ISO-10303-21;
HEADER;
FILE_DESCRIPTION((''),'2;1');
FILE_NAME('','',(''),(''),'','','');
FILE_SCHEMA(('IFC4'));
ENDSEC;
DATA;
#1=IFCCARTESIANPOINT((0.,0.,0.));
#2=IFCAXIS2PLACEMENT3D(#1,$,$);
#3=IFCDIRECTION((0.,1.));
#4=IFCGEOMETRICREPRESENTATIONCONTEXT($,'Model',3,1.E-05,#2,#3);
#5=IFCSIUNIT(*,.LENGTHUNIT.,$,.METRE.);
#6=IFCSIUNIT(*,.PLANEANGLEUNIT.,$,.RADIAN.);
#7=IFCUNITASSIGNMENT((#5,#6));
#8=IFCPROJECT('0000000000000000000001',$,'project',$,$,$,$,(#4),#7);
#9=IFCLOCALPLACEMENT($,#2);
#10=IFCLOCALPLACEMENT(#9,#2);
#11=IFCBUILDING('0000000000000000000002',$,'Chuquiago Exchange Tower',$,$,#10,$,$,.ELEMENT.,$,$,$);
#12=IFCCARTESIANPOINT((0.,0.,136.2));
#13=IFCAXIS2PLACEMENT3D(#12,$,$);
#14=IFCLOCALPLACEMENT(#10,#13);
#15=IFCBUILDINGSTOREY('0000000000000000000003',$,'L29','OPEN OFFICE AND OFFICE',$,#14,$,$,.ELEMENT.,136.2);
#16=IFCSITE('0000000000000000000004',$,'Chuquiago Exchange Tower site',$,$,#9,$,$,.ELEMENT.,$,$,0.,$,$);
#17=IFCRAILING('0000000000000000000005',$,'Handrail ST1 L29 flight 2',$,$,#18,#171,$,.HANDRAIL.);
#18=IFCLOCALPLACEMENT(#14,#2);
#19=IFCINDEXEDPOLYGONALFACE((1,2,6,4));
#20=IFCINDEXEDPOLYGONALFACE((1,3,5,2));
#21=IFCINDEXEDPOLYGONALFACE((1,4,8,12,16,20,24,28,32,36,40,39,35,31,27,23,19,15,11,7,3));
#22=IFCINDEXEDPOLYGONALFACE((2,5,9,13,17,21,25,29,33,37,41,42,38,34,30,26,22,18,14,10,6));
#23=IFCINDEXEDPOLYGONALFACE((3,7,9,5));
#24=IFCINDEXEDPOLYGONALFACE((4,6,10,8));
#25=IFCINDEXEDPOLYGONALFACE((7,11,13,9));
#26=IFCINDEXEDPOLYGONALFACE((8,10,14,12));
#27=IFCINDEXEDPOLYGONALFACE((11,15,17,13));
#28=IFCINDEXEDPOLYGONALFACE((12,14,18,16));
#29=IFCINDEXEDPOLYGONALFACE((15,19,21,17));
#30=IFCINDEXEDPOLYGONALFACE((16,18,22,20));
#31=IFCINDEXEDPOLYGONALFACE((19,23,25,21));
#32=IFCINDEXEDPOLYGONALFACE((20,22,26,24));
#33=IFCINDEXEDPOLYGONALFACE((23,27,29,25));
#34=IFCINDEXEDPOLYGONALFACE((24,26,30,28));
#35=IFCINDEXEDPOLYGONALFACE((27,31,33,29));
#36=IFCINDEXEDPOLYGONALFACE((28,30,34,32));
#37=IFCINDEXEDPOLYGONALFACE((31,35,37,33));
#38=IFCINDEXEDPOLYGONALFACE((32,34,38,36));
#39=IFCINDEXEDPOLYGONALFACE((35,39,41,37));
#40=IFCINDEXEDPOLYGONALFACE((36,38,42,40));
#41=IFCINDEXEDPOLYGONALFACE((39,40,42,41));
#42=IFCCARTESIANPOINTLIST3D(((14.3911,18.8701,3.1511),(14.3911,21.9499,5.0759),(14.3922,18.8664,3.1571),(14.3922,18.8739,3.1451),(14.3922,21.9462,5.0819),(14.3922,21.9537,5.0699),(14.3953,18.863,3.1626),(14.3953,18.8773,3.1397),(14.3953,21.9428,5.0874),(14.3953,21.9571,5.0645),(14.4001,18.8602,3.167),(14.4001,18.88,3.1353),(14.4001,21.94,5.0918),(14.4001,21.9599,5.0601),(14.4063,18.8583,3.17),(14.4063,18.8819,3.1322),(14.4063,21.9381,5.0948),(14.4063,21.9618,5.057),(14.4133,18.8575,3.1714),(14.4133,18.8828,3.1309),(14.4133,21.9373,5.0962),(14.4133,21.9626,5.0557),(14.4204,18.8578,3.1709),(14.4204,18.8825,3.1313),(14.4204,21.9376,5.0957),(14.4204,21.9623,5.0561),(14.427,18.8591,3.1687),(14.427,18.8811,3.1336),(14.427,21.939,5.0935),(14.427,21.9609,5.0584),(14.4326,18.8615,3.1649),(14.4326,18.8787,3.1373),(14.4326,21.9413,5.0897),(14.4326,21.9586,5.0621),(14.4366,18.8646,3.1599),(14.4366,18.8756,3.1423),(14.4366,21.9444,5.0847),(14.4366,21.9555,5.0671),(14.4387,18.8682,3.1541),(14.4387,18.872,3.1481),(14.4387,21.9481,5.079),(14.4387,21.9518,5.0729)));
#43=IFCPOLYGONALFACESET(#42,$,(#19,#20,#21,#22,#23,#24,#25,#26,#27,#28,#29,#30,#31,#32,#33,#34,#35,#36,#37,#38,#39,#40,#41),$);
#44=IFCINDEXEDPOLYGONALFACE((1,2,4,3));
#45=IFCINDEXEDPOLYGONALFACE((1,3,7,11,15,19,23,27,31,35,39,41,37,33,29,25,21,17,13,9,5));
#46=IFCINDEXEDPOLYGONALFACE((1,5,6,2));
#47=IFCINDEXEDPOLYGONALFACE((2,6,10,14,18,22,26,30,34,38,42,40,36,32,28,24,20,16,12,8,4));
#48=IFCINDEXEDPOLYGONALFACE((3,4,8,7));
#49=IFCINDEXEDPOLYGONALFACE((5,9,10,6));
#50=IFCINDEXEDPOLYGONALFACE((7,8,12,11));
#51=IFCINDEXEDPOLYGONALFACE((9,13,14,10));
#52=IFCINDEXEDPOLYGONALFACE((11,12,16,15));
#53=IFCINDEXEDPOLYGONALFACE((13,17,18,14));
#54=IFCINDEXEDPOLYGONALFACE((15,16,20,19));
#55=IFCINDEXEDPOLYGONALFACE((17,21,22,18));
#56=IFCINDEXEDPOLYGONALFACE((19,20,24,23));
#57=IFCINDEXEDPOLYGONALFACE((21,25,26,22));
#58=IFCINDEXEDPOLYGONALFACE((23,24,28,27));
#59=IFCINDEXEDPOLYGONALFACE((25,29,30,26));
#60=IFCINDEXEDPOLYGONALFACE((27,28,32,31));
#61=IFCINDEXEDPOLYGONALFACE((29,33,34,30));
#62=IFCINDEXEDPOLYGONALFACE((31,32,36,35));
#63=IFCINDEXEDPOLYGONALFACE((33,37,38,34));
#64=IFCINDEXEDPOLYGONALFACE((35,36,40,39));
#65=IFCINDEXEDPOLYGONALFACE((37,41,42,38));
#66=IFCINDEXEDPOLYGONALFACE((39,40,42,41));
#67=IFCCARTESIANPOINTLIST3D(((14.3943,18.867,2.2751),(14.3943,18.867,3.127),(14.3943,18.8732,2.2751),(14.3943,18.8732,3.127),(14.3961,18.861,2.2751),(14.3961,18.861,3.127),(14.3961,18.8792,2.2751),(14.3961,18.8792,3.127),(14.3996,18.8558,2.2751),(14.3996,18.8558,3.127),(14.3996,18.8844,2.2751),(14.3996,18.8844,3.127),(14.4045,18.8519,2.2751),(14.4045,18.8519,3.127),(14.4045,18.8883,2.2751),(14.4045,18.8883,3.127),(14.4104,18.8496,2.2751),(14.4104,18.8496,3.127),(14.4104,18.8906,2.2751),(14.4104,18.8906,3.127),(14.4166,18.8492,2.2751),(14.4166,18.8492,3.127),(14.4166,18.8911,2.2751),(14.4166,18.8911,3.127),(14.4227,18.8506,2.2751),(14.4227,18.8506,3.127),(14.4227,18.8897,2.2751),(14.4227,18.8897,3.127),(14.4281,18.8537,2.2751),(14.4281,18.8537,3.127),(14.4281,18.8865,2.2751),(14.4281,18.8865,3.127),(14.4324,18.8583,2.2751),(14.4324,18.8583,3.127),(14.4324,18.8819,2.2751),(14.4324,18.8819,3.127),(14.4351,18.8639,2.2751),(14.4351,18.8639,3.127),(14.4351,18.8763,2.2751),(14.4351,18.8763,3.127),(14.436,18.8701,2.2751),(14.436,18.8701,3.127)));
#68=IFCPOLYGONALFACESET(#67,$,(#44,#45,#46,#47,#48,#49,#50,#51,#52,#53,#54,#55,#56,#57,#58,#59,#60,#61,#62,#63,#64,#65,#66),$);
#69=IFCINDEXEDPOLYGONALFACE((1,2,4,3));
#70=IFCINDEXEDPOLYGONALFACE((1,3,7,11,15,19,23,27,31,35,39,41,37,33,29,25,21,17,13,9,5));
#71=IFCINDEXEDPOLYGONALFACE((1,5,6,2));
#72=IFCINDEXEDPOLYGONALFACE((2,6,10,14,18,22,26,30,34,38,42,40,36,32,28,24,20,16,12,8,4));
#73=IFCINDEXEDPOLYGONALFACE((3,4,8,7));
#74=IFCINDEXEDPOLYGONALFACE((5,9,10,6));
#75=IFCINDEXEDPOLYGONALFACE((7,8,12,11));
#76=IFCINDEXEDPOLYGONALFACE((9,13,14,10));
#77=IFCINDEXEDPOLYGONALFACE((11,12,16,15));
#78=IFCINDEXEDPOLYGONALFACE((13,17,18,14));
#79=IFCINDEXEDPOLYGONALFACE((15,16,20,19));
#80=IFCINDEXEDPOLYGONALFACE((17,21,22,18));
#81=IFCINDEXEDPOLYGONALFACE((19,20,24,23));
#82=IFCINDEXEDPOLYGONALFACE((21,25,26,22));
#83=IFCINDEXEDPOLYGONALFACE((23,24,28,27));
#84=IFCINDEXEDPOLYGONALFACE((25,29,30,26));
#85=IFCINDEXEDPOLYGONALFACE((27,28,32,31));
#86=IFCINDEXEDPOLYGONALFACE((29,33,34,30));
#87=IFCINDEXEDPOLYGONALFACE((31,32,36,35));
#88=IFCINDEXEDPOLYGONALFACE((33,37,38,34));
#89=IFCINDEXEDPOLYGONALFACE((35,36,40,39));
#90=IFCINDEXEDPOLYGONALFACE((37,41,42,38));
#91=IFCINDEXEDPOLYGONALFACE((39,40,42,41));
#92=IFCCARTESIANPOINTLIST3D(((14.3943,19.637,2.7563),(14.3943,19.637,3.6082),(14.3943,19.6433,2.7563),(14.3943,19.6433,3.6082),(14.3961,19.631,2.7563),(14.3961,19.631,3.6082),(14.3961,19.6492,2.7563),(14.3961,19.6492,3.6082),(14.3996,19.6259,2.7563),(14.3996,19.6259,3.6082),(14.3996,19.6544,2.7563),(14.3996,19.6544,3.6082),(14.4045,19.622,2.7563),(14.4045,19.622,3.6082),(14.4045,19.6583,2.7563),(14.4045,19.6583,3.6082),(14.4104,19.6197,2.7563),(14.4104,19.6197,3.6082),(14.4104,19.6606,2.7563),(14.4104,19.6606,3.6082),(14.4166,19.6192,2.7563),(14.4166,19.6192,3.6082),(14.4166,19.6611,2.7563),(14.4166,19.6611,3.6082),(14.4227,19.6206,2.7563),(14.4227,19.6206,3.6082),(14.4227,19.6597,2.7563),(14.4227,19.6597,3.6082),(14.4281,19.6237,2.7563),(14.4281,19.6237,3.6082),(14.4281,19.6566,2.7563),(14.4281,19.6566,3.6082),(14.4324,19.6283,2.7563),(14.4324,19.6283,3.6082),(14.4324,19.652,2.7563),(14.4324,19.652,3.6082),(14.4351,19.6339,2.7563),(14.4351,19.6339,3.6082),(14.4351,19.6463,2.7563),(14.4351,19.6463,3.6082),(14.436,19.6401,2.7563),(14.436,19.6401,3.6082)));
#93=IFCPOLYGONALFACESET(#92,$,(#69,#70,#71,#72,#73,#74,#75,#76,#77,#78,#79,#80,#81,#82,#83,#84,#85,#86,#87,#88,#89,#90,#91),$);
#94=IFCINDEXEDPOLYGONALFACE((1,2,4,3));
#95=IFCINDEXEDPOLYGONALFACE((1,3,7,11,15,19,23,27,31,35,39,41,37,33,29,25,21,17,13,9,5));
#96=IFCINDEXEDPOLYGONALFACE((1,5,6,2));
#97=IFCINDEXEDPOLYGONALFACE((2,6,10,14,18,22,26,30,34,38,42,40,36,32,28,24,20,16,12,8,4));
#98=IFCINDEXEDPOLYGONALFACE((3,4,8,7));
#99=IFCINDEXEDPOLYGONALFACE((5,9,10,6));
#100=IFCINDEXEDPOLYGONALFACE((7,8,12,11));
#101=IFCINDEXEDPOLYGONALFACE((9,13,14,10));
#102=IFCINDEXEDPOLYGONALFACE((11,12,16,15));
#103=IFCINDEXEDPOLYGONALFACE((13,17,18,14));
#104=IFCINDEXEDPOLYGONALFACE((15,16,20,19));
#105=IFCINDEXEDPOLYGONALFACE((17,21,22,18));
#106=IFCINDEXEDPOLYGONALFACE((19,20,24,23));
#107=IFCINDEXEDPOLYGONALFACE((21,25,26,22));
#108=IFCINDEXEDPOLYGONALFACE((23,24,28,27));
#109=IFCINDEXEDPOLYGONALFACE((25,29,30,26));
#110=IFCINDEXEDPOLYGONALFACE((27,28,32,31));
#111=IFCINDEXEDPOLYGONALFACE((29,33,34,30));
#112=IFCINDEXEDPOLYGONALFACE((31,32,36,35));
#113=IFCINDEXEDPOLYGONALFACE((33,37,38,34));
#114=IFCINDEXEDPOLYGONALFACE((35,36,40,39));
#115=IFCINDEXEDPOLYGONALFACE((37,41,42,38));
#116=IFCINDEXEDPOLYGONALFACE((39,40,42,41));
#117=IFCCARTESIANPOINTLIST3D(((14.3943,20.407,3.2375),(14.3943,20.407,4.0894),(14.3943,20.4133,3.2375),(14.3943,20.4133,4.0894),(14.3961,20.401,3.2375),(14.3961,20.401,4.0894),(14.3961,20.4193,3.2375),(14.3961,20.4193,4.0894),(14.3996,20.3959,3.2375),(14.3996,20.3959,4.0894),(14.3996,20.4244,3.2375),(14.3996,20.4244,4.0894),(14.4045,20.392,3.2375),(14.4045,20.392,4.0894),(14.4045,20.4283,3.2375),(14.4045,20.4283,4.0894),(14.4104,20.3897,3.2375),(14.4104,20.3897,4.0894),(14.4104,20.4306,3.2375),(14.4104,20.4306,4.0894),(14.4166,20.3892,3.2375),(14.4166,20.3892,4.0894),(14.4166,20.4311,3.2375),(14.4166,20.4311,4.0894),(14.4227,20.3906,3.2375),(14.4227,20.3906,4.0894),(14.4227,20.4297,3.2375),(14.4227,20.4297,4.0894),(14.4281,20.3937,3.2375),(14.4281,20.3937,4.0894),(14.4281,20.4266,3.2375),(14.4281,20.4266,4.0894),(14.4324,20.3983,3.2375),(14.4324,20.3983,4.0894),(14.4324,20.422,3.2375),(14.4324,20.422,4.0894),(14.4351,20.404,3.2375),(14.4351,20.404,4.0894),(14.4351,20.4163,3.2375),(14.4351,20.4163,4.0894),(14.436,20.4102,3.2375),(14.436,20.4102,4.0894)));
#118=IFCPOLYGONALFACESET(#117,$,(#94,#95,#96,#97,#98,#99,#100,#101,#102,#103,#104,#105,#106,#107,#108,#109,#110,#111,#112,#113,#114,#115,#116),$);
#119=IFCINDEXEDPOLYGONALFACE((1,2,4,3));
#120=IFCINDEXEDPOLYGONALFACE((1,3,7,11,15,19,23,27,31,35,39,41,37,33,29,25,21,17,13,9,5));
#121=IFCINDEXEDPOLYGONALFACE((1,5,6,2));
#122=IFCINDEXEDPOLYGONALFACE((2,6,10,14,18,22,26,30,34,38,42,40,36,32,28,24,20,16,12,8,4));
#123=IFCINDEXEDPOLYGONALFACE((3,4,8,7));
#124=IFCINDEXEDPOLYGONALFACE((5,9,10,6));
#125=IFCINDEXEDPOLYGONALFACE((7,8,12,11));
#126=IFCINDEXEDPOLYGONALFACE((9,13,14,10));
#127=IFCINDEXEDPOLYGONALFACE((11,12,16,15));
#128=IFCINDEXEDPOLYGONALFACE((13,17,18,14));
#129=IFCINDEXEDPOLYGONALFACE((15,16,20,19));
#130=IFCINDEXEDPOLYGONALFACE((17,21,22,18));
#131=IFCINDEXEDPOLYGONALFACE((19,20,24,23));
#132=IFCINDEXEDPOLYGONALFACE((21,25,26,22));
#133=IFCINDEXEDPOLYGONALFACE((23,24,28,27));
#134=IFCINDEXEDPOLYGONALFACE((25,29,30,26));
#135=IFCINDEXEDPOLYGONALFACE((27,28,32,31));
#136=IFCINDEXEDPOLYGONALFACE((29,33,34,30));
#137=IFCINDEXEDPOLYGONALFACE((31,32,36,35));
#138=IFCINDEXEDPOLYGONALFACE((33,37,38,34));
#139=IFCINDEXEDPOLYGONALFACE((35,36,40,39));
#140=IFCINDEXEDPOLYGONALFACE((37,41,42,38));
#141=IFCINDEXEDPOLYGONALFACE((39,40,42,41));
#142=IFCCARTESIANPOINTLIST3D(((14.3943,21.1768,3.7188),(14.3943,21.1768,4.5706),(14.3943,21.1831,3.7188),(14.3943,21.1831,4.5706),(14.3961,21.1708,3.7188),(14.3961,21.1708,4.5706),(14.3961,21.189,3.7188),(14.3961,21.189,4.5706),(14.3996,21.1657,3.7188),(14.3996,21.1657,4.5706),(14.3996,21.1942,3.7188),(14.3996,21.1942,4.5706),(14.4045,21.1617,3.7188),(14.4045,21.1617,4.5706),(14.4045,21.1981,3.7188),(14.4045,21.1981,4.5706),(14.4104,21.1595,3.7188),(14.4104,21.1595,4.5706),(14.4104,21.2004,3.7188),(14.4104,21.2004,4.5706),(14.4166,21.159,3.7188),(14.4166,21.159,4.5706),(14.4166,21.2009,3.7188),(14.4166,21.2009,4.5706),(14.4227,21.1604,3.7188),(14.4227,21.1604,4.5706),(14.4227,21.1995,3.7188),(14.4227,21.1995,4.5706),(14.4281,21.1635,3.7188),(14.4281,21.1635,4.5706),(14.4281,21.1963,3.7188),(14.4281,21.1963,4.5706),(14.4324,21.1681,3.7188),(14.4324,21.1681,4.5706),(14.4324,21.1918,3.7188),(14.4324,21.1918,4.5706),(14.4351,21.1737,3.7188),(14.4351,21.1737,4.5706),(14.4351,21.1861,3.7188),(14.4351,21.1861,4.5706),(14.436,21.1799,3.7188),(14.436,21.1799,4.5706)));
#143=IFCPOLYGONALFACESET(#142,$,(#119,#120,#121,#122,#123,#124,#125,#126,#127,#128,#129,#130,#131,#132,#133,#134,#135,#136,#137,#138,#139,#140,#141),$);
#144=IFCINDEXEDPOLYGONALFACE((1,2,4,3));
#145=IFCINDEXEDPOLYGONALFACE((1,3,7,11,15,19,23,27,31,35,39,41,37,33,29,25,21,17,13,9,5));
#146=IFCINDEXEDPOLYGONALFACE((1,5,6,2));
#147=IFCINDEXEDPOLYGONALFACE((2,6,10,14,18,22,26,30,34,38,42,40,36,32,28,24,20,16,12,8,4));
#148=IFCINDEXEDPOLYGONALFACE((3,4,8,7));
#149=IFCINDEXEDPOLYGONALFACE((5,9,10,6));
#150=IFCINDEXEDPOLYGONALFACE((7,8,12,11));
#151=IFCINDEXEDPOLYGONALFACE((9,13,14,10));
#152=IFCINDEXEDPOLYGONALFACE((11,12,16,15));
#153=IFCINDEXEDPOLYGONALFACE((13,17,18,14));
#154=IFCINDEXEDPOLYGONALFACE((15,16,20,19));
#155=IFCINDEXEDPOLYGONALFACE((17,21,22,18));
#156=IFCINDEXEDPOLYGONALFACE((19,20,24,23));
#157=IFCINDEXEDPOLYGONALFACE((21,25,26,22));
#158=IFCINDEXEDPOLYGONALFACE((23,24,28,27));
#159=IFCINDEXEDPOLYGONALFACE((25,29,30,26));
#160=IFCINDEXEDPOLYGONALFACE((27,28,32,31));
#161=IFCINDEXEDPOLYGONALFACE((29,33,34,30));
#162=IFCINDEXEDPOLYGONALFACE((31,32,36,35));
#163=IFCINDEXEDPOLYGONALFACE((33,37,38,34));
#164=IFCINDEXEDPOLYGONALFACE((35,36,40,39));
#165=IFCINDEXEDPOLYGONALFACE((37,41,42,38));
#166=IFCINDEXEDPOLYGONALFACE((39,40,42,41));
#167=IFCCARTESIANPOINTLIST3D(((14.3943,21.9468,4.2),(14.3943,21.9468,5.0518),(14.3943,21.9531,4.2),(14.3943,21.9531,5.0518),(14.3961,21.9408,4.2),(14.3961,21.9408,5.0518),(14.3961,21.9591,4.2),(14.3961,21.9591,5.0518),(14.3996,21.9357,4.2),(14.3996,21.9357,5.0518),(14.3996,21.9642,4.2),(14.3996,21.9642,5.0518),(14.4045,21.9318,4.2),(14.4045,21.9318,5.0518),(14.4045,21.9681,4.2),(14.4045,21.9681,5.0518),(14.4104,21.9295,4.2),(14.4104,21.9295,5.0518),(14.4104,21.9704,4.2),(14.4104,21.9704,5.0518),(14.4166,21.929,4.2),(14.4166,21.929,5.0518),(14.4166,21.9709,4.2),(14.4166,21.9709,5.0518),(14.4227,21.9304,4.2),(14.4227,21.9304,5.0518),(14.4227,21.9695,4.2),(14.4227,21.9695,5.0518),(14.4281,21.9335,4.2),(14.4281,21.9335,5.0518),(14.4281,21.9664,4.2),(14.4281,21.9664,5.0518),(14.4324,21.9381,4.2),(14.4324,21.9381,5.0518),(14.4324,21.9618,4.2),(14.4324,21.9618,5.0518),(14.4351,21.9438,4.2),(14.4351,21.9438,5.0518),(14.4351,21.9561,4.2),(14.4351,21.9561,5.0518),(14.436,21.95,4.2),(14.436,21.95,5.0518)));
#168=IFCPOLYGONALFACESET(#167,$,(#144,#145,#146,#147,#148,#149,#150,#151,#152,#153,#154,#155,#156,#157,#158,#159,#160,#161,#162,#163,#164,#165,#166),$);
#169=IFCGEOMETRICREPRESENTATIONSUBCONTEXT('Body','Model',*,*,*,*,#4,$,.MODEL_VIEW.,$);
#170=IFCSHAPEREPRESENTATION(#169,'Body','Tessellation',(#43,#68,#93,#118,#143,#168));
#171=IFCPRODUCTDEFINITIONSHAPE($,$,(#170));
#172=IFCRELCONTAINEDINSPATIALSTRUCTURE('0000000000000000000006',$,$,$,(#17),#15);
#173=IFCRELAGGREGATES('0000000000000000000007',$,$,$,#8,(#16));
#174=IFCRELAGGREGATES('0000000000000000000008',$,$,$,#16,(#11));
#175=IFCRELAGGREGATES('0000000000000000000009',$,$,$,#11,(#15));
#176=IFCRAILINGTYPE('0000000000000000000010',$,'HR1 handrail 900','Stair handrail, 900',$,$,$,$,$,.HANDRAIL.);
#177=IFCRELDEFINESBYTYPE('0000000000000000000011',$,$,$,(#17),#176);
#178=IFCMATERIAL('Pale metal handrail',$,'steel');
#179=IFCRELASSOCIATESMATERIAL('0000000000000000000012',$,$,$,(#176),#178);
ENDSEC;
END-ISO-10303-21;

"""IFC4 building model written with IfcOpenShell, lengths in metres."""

from ifc_helpers import new_model, si_unit, direction, frame, origin, origin_2d, place, context, subcontext, project, spatial, circle, extrude, material, type_object, element, save


model = new_model("IFC4")

# Units and contexts
model_context = context("Model", 3, precision=1e-05, world=origin(), true_north=direction((0.0, 1.0)))
body_context = subcontext(model_context, "Body", "Model", "MODEL_VIEW")
ifc_project = project(units=[si_unit("LENGTHUNIT", "METRE"), si_unit("PLANEANGLEUNIT", "RADIAN")], contexts=[model_context])

# Site, building, storey
site_placement = place(None, origin())
site = spatial("IfcSite", under=ifc_project, at=site_placement, Name="Chuquiago Exchange Tower site", CompositionType="ELEMENT", RefElevation=0.0)
building_placement = place(site_placement, origin())
building = spatial("IfcBuilding", under=site, at=building_placement, Name="Chuquiago Exchange Tower", CompositionType="ELEMENT")
storey_placement = place(building_placement, frame((0.0, 0.0, 136.2)))
storey = spatial("IfcBuildingStorey", under=building, at=storey_placement, Name="L29", Description="OPEN OFFICE AND OFFICE", CompositionType="ELEMENT", Elevation=136.2)

# Railing
ifc_material_1 = material(Name="Pale metal handrail", Category="steel")
railing_type_1 = type_object("IfcRailingType", Name="HR1 handrail 900", Description="Stair handrail, 900", PredefinedType="HANDRAIL", material=ifc_material_1)
for number, where, name in (
    (1, (14.415, 18.8701, 2.2751), "Handrail ST1 L29 flight 2"),
):
    element("IfcRailing", number, at=place(storey_placement, frame(where)), inside=storey, type_object=railing_type_1, Name=name, PredefinedType="HANDRAIL", context=body_context, shape_type="SweptSolid", body=[
        extrude(circle(Radius=0.0239, at=origin_2d()), frame((0.0, 0.0, 0.876), z_axis=(0.0, 0.84801, 0.529981), x_axis=(-1.0, 0.0, 0.0)), (0.0, 0.0, 1.0), 3.6318),
        extrude(circle(Radius=0.021, at=origin_2d()), origin(), (0.0, 0.0, 1.0), 0.8518),
        extrude(circle(Radius=0.021, at=origin_2d()), frame((0.0, 0.77, 0.4812)), (0.0, 0.0, 1.0), 0.8518),
        extrude(circle(Radius=0.021, at=origin_2d()), frame((0.0, 1.54, 0.9624)), (0.0, 0.0, 1.0), 0.8518),
        extrude(circle(Radius=0.021, at=origin_2d()), frame((0.0, 2.3098, 1.4436)), (0.0, 0.0, 1.0), 0.8518),
        extrude(circle(Radius=0.021, at=origin_2d()), frame((0.0, 3.0798, 1.9248)), (0.0, 0.0, 1.0), 0.8518),
    ])

save(model, "model.ifc")
